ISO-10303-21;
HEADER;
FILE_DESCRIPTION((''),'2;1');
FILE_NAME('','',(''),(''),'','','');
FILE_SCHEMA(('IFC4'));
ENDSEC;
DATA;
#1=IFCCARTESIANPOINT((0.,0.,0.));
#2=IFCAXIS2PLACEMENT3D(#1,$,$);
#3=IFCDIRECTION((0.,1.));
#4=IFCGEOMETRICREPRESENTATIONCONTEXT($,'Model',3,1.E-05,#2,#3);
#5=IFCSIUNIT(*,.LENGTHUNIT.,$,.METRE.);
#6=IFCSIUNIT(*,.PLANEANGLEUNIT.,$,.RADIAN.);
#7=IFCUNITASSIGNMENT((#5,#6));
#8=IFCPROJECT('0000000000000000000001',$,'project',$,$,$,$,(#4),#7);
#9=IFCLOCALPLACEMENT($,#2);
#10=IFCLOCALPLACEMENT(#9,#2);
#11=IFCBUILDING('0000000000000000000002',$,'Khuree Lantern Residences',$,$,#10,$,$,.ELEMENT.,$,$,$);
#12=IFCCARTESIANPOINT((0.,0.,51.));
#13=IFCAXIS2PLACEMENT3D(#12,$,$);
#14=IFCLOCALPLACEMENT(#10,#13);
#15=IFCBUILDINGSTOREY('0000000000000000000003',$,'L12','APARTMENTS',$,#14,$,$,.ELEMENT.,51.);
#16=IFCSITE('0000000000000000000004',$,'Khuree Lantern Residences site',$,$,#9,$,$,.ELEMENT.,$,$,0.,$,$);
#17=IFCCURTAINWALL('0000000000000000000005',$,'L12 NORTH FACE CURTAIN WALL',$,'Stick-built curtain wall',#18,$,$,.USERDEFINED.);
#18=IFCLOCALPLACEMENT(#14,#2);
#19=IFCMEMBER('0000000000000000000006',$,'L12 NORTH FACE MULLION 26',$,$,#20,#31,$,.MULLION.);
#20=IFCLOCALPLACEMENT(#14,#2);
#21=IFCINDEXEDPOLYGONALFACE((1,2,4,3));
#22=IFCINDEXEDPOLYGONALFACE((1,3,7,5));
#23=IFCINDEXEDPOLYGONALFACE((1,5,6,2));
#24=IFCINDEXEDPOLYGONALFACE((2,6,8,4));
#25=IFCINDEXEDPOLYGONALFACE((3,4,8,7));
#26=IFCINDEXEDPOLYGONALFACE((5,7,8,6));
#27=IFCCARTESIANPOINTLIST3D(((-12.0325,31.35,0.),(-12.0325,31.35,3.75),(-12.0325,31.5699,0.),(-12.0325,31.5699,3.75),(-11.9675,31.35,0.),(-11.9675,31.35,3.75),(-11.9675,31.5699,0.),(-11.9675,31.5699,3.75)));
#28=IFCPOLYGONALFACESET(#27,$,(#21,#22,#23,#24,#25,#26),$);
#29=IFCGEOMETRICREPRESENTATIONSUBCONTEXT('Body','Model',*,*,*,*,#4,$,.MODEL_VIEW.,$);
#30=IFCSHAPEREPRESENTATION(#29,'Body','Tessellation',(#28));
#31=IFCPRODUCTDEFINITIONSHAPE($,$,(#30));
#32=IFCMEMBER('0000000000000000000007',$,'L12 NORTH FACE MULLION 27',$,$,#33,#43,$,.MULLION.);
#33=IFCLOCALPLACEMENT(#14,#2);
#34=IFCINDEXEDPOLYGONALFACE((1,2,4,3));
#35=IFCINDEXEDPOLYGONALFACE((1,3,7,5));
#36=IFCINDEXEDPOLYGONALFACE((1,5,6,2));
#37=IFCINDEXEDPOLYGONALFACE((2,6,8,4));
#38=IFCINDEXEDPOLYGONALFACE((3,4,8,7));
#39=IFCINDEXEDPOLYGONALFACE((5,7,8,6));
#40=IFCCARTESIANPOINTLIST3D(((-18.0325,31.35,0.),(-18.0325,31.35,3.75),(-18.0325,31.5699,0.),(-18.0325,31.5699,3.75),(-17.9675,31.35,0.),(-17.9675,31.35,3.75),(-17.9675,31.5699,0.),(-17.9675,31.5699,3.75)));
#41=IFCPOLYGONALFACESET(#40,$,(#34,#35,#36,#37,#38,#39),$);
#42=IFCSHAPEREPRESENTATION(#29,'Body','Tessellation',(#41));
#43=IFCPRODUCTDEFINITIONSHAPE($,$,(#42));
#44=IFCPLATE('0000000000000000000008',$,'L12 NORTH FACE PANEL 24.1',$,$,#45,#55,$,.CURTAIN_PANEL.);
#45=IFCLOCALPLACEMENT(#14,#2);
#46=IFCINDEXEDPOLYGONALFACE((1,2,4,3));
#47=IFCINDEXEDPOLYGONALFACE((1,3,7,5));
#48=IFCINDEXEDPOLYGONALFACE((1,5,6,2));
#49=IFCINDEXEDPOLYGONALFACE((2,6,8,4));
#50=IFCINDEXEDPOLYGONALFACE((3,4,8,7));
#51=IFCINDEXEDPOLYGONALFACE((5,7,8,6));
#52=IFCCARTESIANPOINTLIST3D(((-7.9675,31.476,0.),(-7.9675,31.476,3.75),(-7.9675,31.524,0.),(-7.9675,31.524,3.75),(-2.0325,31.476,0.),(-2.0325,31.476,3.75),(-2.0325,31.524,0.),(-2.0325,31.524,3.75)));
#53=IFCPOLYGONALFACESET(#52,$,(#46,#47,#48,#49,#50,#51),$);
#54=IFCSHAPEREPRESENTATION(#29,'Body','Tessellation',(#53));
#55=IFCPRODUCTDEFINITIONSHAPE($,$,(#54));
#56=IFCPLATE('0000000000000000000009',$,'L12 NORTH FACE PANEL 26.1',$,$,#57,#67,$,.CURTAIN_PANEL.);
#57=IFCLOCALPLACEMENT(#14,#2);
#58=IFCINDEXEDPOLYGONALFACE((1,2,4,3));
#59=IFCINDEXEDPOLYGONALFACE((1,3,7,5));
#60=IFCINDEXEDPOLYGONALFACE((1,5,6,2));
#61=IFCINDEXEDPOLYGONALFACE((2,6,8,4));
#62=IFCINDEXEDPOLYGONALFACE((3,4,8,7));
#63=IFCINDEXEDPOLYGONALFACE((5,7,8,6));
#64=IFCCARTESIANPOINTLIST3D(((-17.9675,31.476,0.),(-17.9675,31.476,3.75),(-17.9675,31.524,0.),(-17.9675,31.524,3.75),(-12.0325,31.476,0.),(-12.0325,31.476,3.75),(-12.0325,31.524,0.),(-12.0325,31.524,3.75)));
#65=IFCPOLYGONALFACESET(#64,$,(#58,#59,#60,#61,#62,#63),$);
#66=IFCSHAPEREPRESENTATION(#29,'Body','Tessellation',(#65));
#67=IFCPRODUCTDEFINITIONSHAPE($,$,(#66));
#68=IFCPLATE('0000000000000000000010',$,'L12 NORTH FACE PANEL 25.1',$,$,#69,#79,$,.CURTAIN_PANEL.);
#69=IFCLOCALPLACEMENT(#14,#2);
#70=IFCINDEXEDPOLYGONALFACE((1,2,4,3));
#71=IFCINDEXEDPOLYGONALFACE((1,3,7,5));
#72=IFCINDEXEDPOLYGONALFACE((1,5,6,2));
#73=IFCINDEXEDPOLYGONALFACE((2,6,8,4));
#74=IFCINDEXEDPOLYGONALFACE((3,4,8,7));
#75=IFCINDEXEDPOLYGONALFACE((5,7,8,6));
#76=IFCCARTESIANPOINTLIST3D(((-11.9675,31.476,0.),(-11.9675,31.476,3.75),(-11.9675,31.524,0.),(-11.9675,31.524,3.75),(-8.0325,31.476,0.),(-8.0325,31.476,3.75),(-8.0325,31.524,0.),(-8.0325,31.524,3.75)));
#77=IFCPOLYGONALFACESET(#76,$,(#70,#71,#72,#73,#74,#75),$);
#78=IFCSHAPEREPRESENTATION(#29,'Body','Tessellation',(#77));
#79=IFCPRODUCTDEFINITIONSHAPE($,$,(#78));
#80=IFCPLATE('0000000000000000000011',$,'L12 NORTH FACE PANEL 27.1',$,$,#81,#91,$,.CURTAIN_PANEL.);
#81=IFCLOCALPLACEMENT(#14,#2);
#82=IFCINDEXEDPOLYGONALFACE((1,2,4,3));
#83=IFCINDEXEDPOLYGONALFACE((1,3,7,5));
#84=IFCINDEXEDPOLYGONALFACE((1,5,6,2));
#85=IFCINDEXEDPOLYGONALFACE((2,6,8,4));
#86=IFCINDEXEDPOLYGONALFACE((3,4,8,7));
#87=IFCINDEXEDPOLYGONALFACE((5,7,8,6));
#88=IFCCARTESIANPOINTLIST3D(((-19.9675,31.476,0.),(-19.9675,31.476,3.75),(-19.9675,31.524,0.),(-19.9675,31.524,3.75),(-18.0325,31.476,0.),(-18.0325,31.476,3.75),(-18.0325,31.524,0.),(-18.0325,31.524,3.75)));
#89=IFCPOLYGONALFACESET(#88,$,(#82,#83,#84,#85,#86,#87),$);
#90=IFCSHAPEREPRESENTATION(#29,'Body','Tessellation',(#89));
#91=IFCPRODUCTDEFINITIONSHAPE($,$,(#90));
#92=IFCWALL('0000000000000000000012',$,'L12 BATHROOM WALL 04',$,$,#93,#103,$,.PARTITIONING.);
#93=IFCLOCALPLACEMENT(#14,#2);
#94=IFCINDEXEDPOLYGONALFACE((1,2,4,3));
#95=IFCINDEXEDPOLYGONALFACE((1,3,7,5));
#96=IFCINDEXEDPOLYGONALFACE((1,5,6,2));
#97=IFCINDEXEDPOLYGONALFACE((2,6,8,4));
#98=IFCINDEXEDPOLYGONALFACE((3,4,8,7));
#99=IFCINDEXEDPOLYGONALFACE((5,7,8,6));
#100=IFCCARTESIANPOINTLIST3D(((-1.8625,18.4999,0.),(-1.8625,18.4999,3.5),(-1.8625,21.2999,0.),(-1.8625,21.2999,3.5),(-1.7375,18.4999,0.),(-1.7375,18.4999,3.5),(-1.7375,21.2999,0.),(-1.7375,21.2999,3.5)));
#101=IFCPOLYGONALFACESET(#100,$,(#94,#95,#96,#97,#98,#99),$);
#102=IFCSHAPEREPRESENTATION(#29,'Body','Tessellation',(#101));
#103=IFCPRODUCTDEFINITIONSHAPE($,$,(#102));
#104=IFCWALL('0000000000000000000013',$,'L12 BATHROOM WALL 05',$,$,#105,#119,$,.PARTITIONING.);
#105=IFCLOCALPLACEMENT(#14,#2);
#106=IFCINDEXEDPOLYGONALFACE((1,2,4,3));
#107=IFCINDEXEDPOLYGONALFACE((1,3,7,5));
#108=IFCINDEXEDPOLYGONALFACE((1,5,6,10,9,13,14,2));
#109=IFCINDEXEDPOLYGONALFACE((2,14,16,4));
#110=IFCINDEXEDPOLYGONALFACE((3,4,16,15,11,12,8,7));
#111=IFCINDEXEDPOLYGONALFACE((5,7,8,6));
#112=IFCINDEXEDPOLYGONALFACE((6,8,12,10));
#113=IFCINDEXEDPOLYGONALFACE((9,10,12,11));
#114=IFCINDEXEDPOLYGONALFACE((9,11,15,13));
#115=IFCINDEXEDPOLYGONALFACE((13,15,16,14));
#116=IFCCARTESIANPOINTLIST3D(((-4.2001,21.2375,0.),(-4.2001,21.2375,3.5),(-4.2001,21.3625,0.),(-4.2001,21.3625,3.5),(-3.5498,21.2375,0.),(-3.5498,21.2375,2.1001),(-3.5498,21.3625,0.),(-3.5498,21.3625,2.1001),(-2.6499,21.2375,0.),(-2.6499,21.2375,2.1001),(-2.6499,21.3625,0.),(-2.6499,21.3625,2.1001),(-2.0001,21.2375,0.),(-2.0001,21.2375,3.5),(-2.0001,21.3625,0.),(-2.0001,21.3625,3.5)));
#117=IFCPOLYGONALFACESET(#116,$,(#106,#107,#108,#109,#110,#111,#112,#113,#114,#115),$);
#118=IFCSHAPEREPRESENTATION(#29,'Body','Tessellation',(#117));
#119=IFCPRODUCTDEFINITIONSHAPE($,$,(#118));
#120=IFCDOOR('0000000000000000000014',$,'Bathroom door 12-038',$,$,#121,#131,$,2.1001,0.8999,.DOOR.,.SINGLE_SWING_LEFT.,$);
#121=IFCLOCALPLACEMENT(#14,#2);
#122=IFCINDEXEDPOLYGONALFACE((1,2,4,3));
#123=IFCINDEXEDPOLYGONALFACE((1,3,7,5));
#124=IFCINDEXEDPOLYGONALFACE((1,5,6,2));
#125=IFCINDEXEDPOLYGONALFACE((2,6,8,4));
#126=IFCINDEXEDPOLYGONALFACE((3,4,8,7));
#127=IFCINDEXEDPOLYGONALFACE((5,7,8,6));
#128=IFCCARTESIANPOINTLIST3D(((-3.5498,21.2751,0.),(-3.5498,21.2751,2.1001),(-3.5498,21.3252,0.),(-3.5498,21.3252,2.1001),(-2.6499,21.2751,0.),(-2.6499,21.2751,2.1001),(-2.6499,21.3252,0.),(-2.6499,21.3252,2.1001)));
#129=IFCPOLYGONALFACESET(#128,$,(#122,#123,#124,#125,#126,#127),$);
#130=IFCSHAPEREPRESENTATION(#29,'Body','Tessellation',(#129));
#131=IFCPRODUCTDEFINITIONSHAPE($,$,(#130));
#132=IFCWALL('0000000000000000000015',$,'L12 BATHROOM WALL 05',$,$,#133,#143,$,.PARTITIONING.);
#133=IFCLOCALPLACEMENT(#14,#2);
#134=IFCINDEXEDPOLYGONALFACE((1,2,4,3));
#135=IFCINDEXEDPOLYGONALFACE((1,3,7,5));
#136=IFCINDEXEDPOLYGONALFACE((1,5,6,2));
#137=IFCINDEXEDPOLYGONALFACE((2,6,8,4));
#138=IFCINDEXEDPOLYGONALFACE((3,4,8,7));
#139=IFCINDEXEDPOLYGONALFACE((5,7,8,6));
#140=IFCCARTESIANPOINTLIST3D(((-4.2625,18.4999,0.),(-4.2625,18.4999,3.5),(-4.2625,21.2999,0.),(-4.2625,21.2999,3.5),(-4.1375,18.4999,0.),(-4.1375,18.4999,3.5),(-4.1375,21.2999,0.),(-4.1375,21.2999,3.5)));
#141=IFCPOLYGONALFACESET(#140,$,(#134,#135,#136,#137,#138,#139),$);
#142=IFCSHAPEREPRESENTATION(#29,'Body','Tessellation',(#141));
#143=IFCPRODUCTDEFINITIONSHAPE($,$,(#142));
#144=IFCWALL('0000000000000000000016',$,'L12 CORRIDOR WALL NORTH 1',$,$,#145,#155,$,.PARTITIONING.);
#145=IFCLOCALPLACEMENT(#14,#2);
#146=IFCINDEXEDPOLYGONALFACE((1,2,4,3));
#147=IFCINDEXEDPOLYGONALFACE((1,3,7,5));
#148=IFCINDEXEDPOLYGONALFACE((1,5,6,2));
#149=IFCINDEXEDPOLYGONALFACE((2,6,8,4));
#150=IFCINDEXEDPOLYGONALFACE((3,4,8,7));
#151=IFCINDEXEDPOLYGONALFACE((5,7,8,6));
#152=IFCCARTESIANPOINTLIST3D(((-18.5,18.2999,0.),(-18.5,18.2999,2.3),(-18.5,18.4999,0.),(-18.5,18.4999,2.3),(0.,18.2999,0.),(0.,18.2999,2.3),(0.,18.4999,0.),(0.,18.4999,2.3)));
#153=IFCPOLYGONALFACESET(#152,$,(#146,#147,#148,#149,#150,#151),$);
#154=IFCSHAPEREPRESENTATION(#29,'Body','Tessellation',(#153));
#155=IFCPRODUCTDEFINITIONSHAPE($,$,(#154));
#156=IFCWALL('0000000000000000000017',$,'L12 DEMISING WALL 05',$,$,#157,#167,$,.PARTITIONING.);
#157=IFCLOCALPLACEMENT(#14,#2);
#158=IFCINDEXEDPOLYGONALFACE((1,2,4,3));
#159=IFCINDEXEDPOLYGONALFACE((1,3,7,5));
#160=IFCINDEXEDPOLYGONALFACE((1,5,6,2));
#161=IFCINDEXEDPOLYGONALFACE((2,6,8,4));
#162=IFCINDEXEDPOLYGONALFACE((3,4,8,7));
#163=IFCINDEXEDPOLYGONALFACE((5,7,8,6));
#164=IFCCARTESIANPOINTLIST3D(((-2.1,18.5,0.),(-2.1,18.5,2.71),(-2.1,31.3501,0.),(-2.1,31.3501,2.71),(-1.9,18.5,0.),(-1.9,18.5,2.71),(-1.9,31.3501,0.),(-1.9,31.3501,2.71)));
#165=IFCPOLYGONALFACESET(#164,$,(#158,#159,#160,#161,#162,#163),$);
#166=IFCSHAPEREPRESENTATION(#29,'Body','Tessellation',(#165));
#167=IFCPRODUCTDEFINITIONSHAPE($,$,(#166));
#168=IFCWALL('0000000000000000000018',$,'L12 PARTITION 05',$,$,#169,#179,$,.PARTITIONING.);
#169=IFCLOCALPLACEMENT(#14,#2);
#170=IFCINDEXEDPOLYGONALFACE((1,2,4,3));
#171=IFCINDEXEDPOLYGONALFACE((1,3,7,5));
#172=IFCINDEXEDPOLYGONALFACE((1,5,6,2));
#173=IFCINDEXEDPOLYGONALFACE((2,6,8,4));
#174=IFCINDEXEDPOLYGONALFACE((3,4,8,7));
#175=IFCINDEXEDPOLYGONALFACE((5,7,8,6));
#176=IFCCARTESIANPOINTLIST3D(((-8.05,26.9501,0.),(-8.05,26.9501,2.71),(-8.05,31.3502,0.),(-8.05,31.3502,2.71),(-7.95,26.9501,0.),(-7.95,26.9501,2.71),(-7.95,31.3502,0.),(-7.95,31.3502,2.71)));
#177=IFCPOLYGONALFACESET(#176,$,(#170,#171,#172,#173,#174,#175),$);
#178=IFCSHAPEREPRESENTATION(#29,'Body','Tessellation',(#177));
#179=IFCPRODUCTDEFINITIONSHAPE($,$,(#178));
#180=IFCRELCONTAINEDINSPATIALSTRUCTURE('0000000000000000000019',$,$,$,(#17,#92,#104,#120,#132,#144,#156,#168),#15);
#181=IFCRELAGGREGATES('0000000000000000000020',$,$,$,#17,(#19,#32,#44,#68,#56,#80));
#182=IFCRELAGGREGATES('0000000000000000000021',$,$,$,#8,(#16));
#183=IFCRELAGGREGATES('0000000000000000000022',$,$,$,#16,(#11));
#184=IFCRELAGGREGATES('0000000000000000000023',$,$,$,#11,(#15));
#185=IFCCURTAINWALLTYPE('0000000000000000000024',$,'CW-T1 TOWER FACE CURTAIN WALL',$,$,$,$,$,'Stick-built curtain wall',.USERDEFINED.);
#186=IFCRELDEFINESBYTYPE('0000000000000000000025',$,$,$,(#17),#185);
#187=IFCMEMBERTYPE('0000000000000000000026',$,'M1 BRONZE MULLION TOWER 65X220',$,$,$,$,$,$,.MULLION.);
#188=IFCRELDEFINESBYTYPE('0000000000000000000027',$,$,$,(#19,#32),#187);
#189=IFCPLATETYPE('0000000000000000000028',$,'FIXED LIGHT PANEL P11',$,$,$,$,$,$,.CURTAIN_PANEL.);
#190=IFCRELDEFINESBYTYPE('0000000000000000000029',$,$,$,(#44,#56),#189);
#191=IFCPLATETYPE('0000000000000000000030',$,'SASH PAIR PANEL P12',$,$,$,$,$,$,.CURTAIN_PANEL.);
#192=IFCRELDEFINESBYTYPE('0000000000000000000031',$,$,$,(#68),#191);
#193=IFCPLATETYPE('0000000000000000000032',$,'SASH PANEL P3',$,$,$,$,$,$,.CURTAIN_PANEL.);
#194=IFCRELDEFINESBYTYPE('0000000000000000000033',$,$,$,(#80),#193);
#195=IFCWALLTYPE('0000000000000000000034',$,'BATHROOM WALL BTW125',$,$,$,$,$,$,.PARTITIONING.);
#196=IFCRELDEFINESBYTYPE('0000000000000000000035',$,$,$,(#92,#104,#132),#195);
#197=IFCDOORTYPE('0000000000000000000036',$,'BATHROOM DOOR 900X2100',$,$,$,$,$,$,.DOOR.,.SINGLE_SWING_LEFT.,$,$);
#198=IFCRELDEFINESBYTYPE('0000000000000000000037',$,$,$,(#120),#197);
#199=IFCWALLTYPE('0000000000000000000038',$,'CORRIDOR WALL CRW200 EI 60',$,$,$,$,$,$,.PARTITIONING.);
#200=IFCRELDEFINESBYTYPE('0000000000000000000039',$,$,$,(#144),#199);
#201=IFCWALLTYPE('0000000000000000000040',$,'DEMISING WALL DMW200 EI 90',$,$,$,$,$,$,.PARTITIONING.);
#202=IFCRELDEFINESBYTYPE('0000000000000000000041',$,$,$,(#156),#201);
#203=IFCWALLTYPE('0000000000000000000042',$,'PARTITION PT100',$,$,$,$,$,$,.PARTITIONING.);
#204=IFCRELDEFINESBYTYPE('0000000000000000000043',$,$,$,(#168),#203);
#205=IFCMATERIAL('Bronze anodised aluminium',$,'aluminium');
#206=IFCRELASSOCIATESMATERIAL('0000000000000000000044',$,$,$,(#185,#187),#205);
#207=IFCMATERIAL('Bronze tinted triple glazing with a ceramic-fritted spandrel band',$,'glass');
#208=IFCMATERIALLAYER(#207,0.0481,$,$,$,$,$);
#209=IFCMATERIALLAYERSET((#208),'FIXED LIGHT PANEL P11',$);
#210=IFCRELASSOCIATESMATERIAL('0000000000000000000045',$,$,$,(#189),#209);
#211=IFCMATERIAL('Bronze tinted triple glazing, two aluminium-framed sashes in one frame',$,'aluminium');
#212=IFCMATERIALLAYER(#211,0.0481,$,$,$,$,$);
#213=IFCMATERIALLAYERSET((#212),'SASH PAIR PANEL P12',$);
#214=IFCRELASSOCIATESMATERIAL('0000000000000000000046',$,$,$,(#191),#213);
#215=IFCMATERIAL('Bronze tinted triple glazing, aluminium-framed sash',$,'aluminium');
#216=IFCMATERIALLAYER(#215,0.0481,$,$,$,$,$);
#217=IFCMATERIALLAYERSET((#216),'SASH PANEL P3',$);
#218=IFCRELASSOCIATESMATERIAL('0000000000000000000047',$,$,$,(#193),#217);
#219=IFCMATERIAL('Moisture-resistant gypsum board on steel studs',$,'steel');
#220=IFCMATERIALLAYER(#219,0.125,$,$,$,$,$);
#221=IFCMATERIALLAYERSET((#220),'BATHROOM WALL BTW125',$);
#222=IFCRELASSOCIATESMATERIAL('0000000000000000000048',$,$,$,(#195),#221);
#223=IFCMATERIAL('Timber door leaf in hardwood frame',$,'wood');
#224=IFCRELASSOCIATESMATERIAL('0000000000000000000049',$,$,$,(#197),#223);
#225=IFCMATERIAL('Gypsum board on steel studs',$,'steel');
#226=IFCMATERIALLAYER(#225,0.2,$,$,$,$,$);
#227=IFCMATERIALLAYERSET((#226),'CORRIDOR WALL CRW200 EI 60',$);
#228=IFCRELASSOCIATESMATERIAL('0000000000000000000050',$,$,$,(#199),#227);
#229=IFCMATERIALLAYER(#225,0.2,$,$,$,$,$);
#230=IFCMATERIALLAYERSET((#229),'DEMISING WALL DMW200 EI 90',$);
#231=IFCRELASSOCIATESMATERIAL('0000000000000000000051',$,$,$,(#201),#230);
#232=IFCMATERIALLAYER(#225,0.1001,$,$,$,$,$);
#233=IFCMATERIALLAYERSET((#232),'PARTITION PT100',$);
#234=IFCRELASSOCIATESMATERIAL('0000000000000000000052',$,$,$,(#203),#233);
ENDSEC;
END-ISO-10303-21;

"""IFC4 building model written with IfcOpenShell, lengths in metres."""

from ifc_helpers import new_model, si_unit, direction, frame, frame_2d, origin, origin_2d, place, context, subcontext, project, spatial, rectangle, extrude, material, layer, layer_set, material_profile, profile_set, type_object, element, fill, aggregate, save


model = new_model("IFC4")

# Units and contexts
model_context = context("Model", 3, precision=1e-05, world=origin(), true_north=direction((0.0, 1.0)))
body_context = subcontext(model_context, "Body", "Model", "MODEL_VIEW")
ifc_project = project(units=[si_unit("LENGTHUNIT", "METRE"), si_unit("PLANEANGLEUNIT", "RADIAN")], contexts=[model_context])

# Site, building, storey
site_placement = place(None, origin())
site = spatial("IfcSite", under=ifc_project, at=site_placement, Name="Khuree Lantern Residences site", CompositionType="ELEMENT", RefElevation=0.0)
building_placement = place(site_placement, origin())
building = spatial("IfcBuilding", under=site, at=building_placement, Name="Khuree Lantern Residences", CompositionType="ELEMENT")
storey_placement = place(building_placement, frame((0.0, 0.0, 51.0)))
storey = spatial("IfcBuildingStorey", under=building, at=storey_placement, Name="L12", Description="APARTMENTS", CompositionType="ELEMENT", Elevation=51.0)

# Curtain wall
ifc_material_1 = material(Name="Bronze anodised aluminium", Category="aluminium")
curtain_wall_type = type_object("IfcCurtainWallType", Name="CW-T1 TOWER FACE CURTAIN WALL", ElementType="Stick-built curtain wall", PredefinedType="USERDEFINED", material=ifc_material_1)
curtain_wall_placement = place(storey_placement, origin())
curtain_wall = element("IfcCurtainWall", 1, at=curtain_wall_placement, inside=storey, type_object=curtain_wall_type, Name="L12 NORTH FACE CURTAIN WALL", ObjectType="Stick-built curtain wall", PredefinedType="USERDEFINED")

# Members
ifc_material_profile_1 = material_profile(ifc_material_1, rectangle(XDim=0.0649, YDim=0.22, at=origin_2d()), Name="M1 65X220")
ifc_profile_set_1 = profile_set([ifc_material_profile_1], Name="Bronze anodised aluminium")
member_type_1 = type_object("IfcMemberType", Name="M1 BRONZE MULLION TOWER 65X220", PredefinedType="MULLION", material=ifc_profile_set_1)
member_1_placement = place(storey_placement, frame((-12.0, 31.46, 0.0), z_axis=(0.0, 0.0, 1.0), x_axis=(-1.0, 0.0, 0.0)))
member_1 = element("IfcMember", 2, at=member_1_placement, type_object=member_type_1, Name="L12 NORTH FACE MULLION 26", PredefinedType="MULLION", context=body_context, shape_type="SweptSolid", body=[
    extrude(rectangle(XDim=0.0649, YDim=0.22, at=origin_2d()), origin(), (0.0, 0.0, 1.0), 3.75),
])
member_2_placement = place(storey_placement, frame((-18.0, 31.46, 0.0), z_axis=(0.0, 0.0, 1.0), x_axis=(-1.0, 0.0, 0.0)))
member_2 = element("IfcMember", 3, at=member_2_placement, type_object=member_type_1, Name="L12 NORTH FACE MULLION 27", PredefinedType="MULLION", context=body_context, shape_type="SweptSolid", body=[
    extrude(rectangle(XDim=0.0649, YDim=0.22, at=origin_2d()), origin(), (0.0, 0.0, 1.0), 3.75),
])

# Plates
ifc_material_2 = material(Name="Bronze tinted triple glazing with a ceramic-fritted spandrel band", Category="glass")
ifc_layer_1 = layer(ifc_material_2, 0.0481)
ifc_layer_set_1 = layer_set([ifc_layer_1], Name="FIXED LIGHT PANEL P11")
plate_type_1 = type_object("IfcPlateType", Name="FIXED LIGHT PANEL P11", PredefinedType="CURTAIN_PANEL", material=ifc_layer_set_1)
plate_1_placement = place(storey_placement, frame((-5.0, 31.5, 0.0), z_axis=(0.0, 0.0, 1.0), x_axis=(-1.0, 0.0, 0.0)))
plate_1 = element("IfcPlate", 4, at=plate_1_placement, type_object=plate_type_1, Name="L12 NORTH FACE PANEL 24.1", PredefinedType="CURTAIN_PANEL", context=body_context, shape_type="SweptSolid", body=[
    extrude(rectangle(XDim=5.9351, YDim=0.0481, at=origin_2d()), origin(), (0.0, 0.0, 1.0), 3.75),
])
plate_2_placement = place(storey_placement, frame((-15.0, 31.5, 0.0), z_axis=(0.0, 0.0, 1.0), x_axis=(-1.0, 0.0, 0.0)))
plate_2 = element("IfcPlate", 5, at=plate_2_placement, type_object=plate_type_1, Name="L12 NORTH FACE PANEL 26.1", PredefinedType="CURTAIN_PANEL", context=body_context, shape_type="SweptSolid", body=[
    extrude(rectangle(XDim=5.9351, YDim=0.0481, at=origin_2d()), origin(), (0.0, 0.0, 1.0), 3.75),
])
ifc_material_3 = material(Name="Bronze tinted triple glazing, two aluminium-framed sashes in one frame", Category="aluminium")
ifc_layer_2 = layer(ifc_material_3, 0.0481)
ifc_layer_set_2 = layer_set([ifc_layer_2], Name="SASH PAIR PANEL P12")
plate_type_2 = type_object("IfcPlateType", Name="SASH PAIR PANEL P12", PredefinedType="CURTAIN_PANEL", material=ifc_layer_set_2)
plate_3_placement = place(storey_placement, frame((-10.0, 31.5, 0.0), z_axis=(0.0, 0.0, 1.0), x_axis=(-1.0, 0.0, 0.0)))
plate_3 = element("IfcPlate", 6, at=plate_3_placement, type_object=plate_type_2, Name="L12 NORTH FACE PANEL 25.1", PredefinedType="CURTAIN_PANEL", context=body_context, shape_type="SweptSolid", body=[
    extrude(rectangle(XDim=3.9351, YDim=0.0481, at=origin_2d()), origin(), (0.0, 0.0, 1.0), 3.75),
])
ifc_material_4 = material(Name="Bronze tinted triple glazing, aluminium-framed sash", Category="aluminium")
ifc_layer_3 = layer(ifc_material_4, 0.0481)
ifc_layer_set_3 = layer_set([ifc_layer_3], Name="SASH PANEL P3")
plate_type_3 = type_object("IfcPlateType", Name="SASH PANEL P3", PredefinedType="CURTAIN_PANEL", material=ifc_layer_set_3)
plate_4_placement = place(storey_placement, frame((-19.0, 31.5, 0.0), z_axis=(0.0, 0.0, 1.0), x_axis=(-1.0, 0.0, 0.0)))
plate_4 = element("IfcPlate", 7, at=plate_4_placement, type_object=plate_type_3, Name="L12 NORTH FACE PANEL 27.1", PredefinedType="CURTAIN_PANEL", context=body_context, shape_type="SweptSolid", body=[
    extrude(rectangle(XDim=1.9351, YDim=0.0481, at=origin_2d()), origin(), (0.0, 0.0, 1.0), 3.75),
])
aggregate(curtain_wall, [member_1, member_2, plate_1, plate_3, plate_2, plate_4])

# Wall
ifc_material_5 = material(Name="Moisture-resistant gypsum board on steel studs", Category="steel")
ifc_layer_4 = layer(ifc_material_5, 0.125)
ifc_layer_set_4 = layer_set([ifc_layer_4], Name="BATHROOM WALL BTW125")
wall_type_1 = type_object("IfcWallType", Name="BATHROOM WALL BTW125", PredefinedType="PARTITIONING", material=ifc_layer_set_4)
wall_1_placement = place(storey_placement, frame((-1.8, 18.5, 0.0), z_axis=(0.0, 0.0, 1.0), x_axis=(0.0, 1.0, 0.0)))
element("IfcWall", 8, at=wall_1_placement, inside=storey, type_object=wall_type_1, Name="L12 BATHROOM WALL 04", PredefinedType="PARTITIONING", context=body_context, shape_type="SweptSolid", body=[
    extrude(rectangle(XDim=2.8, YDim=0.125, at=frame_2d((1.3999, 0.0))), origin(), (0.0, 0.0, 1.0), 3.5),
])

# Wall, opening, door
wall_2_placement = place(storey_placement, frame((-2.0, 21.3, 0.0), z_axis=(0.0, 0.0, 1.0), x_axis=(-1.0, 0.0, 0.0)))
wall_2 = element("IfcWall", 9, at=wall_2_placement, inside=storey, type_object=wall_type_1, Name="L12 BATHROOM WALL 05", PredefinedType="PARTITIONING", context=body_context, shape_type="SweptSolid", body=[
    extrude(rectangle(XDim=2.2, YDim=0.125, at=frame_2d((1.1001, 0.0))), origin(), (0.0, 0.0, 1.0), 3.5),
])
opening_1_placement = place(wall_2_placement, frame((0.6499, 0.0, 0.0)))
opening_1 = element("IfcOpeningElement", 10, at=opening_1_placement, cuts=wall_2, PredefinedType="OPENING", context=body_context, shape_type="SweptSolid", body=[
    extrude(rectangle(XDim=0.8999, YDim=2.1001, at=frame_2d((0.45, 1.05))), frame((0.0, 0.0725, 0.0), z_axis=(0.0, -1.0, 0.0), x_axis=(1.0, 0.0, 0.0)), (0.0, 0.0, 1.0), 0.145),
])
ifc_material_6 = material(Name="Timber door leaf in hardwood frame", Category="wood")
door_type_1 = type_object("IfcDoorType", Name="BATHROOM DOOR 900X2100", OperationType="SINGLE_SWING_LEFT", PredefinedType="DOOR", material=ifc_material_6)
door_1_placement = place(opening_1_placement, origin())
door_1 = element("IfcDoor", 11, at=door_1_placement, inside=storey, type_object=door_type_1, Name="Bathroom door 12-038", OperationType="SINGLE_SWING_LEFT", OverallHeight=2.1001, OverallWidth=0.8999, PredefinedType="DOOR", context=body_context, shape_type="SweptSolid", body=[
    extrude(rectangle(XDim=0.8999, YDim=2.1001, at=frame_2d((0.45, 1.05))), frame((0.0, 0.0249, 0.0), z_axis=(0.0, -1.0, 0.0), x_axis=(1.0, 0.0, 0.0)), (0.0, 0.0, 1.0), 0.05),
])
fill(opening_1, door_1)

# Walls
wall_3_placement = place(storey_placement, frame((-4.2, 18.5, 0.0), z_axis=(0.0, 0.0, 1.0), x_axis=(0.0, 1.0, 0.0)))
element("IfcWall", 12, at=wall_3_placement, inside=storey, type_object=wall_type_1, Name="L12 BATHROOM WALL 05", PredefinedType="PARTITIONING", context=body_context, shape_type="SweptSolid", body=[
    extrude(rectangle(XDim=2.8, YDim=0.125, at=frame_2d((1.3999, 0.0))), origin(), (0.0, 0.0, 1.0), 3.5),
])
ifc_material_7 = material(Name="Gypsum board on steel studs", Category="steel")
ifc_layer_5 = layer(ifc_material_7, 0.2)
ifc_layer_set_5 = layer_set([ifc_layer_5], Name="CORRIDOR WALL CRW200 EI 60")
wall_type_2 = type_object("IfcWallType", Name="CORRIDOR WALL CRW200 EI 60", PredefinedType="PARTITIONING", material=ifc_layer_set_5)
wall_4_placement = place(storey_placement, frame((-18.5, 18.3999, 0.0), z_axis=(0.0, 0.0, 1.0), x_axis=(1.0, 0.0, 0.0)))
element("IfcWall", 13, at=wall_4_placement, inside=storey, type_object=wall_type_2, Name="L12 CORRIDOR WALL NORTH 1", PredefinedType="PARTITIONING", context=body_context, shape_type="SweptSolid", body=[
    extrude(rectangle(XDim=18.5, YDim=0.2, at=frame_2d((9.25, 0.0))), origin(), (0.0, 0.0, 1.0), 2.3),
])
ifc_layer_6 = layer(ifc_material_7, 0.2)
ifc_layer_set_6 = layer_set([ifc_layer_6], Name="DEMISING WALL DMW200 EI 90")
wall_type_3 = type_object("IfcWallType", Name="DEMISING WALL DMW200 EI 90", PredefinedType="PARTITIONING", material=ifc_layer_set_6)
wall_5_placement = place(storey_placement, frame((-2.0, 18.5, 0.0), z_axis=(0.0, 0.0, 1.0), x_axis=(0.0, 1.0, 0.0)))
element("IfcWall", 14, at=wall_5_placement, inside=storey, type_object=wall_type_3, Name="L12 DEMISING WALL 05", PredefinedType="PARTITIONING", context=body_context, shape_type="SweptSolid", body=[
    extrude(rectangle(XDim=12.8501, YDim=0.2, at=frame_2d((6.425, 0.0))), origin(), (0.0, 0.0, 1.0), 2.71),
])
ifc_layer_7 = layer(ifc_material_7, 0.1001)
ifc_layer_set_7 = layer_set([ifc_layer_7], Name="PARTITION PT100")
wall_type_4 = type_object("IfcWallType", Name="PARTITION PT100", PredefinedType="PARTITIONING", material=ifc_layer_set_7)
wall_6_placement = place(storey_placement, frame((-8.0, 26.95, 0.0), z_axis=(0.0, 0.0, 1.0), x_axis=(0.0, 1.0, 0.0)))
element("IfcWall", 15, at=wall_6_placement, inside=storey, type_object=wall_type_4, Name="L12 PARTITION 05", PredefinedType="PARTITIONING", context=body_context, shape_type="SweptSolid", body=[
    extrude(rectangle(XDim=4.4001, YDim=0.1001, at=frame_2d((2.2002, 0.0))), origin(), (0.0, 0.0, 1.0), 2.71),
])

save(model, "model.ifc")
